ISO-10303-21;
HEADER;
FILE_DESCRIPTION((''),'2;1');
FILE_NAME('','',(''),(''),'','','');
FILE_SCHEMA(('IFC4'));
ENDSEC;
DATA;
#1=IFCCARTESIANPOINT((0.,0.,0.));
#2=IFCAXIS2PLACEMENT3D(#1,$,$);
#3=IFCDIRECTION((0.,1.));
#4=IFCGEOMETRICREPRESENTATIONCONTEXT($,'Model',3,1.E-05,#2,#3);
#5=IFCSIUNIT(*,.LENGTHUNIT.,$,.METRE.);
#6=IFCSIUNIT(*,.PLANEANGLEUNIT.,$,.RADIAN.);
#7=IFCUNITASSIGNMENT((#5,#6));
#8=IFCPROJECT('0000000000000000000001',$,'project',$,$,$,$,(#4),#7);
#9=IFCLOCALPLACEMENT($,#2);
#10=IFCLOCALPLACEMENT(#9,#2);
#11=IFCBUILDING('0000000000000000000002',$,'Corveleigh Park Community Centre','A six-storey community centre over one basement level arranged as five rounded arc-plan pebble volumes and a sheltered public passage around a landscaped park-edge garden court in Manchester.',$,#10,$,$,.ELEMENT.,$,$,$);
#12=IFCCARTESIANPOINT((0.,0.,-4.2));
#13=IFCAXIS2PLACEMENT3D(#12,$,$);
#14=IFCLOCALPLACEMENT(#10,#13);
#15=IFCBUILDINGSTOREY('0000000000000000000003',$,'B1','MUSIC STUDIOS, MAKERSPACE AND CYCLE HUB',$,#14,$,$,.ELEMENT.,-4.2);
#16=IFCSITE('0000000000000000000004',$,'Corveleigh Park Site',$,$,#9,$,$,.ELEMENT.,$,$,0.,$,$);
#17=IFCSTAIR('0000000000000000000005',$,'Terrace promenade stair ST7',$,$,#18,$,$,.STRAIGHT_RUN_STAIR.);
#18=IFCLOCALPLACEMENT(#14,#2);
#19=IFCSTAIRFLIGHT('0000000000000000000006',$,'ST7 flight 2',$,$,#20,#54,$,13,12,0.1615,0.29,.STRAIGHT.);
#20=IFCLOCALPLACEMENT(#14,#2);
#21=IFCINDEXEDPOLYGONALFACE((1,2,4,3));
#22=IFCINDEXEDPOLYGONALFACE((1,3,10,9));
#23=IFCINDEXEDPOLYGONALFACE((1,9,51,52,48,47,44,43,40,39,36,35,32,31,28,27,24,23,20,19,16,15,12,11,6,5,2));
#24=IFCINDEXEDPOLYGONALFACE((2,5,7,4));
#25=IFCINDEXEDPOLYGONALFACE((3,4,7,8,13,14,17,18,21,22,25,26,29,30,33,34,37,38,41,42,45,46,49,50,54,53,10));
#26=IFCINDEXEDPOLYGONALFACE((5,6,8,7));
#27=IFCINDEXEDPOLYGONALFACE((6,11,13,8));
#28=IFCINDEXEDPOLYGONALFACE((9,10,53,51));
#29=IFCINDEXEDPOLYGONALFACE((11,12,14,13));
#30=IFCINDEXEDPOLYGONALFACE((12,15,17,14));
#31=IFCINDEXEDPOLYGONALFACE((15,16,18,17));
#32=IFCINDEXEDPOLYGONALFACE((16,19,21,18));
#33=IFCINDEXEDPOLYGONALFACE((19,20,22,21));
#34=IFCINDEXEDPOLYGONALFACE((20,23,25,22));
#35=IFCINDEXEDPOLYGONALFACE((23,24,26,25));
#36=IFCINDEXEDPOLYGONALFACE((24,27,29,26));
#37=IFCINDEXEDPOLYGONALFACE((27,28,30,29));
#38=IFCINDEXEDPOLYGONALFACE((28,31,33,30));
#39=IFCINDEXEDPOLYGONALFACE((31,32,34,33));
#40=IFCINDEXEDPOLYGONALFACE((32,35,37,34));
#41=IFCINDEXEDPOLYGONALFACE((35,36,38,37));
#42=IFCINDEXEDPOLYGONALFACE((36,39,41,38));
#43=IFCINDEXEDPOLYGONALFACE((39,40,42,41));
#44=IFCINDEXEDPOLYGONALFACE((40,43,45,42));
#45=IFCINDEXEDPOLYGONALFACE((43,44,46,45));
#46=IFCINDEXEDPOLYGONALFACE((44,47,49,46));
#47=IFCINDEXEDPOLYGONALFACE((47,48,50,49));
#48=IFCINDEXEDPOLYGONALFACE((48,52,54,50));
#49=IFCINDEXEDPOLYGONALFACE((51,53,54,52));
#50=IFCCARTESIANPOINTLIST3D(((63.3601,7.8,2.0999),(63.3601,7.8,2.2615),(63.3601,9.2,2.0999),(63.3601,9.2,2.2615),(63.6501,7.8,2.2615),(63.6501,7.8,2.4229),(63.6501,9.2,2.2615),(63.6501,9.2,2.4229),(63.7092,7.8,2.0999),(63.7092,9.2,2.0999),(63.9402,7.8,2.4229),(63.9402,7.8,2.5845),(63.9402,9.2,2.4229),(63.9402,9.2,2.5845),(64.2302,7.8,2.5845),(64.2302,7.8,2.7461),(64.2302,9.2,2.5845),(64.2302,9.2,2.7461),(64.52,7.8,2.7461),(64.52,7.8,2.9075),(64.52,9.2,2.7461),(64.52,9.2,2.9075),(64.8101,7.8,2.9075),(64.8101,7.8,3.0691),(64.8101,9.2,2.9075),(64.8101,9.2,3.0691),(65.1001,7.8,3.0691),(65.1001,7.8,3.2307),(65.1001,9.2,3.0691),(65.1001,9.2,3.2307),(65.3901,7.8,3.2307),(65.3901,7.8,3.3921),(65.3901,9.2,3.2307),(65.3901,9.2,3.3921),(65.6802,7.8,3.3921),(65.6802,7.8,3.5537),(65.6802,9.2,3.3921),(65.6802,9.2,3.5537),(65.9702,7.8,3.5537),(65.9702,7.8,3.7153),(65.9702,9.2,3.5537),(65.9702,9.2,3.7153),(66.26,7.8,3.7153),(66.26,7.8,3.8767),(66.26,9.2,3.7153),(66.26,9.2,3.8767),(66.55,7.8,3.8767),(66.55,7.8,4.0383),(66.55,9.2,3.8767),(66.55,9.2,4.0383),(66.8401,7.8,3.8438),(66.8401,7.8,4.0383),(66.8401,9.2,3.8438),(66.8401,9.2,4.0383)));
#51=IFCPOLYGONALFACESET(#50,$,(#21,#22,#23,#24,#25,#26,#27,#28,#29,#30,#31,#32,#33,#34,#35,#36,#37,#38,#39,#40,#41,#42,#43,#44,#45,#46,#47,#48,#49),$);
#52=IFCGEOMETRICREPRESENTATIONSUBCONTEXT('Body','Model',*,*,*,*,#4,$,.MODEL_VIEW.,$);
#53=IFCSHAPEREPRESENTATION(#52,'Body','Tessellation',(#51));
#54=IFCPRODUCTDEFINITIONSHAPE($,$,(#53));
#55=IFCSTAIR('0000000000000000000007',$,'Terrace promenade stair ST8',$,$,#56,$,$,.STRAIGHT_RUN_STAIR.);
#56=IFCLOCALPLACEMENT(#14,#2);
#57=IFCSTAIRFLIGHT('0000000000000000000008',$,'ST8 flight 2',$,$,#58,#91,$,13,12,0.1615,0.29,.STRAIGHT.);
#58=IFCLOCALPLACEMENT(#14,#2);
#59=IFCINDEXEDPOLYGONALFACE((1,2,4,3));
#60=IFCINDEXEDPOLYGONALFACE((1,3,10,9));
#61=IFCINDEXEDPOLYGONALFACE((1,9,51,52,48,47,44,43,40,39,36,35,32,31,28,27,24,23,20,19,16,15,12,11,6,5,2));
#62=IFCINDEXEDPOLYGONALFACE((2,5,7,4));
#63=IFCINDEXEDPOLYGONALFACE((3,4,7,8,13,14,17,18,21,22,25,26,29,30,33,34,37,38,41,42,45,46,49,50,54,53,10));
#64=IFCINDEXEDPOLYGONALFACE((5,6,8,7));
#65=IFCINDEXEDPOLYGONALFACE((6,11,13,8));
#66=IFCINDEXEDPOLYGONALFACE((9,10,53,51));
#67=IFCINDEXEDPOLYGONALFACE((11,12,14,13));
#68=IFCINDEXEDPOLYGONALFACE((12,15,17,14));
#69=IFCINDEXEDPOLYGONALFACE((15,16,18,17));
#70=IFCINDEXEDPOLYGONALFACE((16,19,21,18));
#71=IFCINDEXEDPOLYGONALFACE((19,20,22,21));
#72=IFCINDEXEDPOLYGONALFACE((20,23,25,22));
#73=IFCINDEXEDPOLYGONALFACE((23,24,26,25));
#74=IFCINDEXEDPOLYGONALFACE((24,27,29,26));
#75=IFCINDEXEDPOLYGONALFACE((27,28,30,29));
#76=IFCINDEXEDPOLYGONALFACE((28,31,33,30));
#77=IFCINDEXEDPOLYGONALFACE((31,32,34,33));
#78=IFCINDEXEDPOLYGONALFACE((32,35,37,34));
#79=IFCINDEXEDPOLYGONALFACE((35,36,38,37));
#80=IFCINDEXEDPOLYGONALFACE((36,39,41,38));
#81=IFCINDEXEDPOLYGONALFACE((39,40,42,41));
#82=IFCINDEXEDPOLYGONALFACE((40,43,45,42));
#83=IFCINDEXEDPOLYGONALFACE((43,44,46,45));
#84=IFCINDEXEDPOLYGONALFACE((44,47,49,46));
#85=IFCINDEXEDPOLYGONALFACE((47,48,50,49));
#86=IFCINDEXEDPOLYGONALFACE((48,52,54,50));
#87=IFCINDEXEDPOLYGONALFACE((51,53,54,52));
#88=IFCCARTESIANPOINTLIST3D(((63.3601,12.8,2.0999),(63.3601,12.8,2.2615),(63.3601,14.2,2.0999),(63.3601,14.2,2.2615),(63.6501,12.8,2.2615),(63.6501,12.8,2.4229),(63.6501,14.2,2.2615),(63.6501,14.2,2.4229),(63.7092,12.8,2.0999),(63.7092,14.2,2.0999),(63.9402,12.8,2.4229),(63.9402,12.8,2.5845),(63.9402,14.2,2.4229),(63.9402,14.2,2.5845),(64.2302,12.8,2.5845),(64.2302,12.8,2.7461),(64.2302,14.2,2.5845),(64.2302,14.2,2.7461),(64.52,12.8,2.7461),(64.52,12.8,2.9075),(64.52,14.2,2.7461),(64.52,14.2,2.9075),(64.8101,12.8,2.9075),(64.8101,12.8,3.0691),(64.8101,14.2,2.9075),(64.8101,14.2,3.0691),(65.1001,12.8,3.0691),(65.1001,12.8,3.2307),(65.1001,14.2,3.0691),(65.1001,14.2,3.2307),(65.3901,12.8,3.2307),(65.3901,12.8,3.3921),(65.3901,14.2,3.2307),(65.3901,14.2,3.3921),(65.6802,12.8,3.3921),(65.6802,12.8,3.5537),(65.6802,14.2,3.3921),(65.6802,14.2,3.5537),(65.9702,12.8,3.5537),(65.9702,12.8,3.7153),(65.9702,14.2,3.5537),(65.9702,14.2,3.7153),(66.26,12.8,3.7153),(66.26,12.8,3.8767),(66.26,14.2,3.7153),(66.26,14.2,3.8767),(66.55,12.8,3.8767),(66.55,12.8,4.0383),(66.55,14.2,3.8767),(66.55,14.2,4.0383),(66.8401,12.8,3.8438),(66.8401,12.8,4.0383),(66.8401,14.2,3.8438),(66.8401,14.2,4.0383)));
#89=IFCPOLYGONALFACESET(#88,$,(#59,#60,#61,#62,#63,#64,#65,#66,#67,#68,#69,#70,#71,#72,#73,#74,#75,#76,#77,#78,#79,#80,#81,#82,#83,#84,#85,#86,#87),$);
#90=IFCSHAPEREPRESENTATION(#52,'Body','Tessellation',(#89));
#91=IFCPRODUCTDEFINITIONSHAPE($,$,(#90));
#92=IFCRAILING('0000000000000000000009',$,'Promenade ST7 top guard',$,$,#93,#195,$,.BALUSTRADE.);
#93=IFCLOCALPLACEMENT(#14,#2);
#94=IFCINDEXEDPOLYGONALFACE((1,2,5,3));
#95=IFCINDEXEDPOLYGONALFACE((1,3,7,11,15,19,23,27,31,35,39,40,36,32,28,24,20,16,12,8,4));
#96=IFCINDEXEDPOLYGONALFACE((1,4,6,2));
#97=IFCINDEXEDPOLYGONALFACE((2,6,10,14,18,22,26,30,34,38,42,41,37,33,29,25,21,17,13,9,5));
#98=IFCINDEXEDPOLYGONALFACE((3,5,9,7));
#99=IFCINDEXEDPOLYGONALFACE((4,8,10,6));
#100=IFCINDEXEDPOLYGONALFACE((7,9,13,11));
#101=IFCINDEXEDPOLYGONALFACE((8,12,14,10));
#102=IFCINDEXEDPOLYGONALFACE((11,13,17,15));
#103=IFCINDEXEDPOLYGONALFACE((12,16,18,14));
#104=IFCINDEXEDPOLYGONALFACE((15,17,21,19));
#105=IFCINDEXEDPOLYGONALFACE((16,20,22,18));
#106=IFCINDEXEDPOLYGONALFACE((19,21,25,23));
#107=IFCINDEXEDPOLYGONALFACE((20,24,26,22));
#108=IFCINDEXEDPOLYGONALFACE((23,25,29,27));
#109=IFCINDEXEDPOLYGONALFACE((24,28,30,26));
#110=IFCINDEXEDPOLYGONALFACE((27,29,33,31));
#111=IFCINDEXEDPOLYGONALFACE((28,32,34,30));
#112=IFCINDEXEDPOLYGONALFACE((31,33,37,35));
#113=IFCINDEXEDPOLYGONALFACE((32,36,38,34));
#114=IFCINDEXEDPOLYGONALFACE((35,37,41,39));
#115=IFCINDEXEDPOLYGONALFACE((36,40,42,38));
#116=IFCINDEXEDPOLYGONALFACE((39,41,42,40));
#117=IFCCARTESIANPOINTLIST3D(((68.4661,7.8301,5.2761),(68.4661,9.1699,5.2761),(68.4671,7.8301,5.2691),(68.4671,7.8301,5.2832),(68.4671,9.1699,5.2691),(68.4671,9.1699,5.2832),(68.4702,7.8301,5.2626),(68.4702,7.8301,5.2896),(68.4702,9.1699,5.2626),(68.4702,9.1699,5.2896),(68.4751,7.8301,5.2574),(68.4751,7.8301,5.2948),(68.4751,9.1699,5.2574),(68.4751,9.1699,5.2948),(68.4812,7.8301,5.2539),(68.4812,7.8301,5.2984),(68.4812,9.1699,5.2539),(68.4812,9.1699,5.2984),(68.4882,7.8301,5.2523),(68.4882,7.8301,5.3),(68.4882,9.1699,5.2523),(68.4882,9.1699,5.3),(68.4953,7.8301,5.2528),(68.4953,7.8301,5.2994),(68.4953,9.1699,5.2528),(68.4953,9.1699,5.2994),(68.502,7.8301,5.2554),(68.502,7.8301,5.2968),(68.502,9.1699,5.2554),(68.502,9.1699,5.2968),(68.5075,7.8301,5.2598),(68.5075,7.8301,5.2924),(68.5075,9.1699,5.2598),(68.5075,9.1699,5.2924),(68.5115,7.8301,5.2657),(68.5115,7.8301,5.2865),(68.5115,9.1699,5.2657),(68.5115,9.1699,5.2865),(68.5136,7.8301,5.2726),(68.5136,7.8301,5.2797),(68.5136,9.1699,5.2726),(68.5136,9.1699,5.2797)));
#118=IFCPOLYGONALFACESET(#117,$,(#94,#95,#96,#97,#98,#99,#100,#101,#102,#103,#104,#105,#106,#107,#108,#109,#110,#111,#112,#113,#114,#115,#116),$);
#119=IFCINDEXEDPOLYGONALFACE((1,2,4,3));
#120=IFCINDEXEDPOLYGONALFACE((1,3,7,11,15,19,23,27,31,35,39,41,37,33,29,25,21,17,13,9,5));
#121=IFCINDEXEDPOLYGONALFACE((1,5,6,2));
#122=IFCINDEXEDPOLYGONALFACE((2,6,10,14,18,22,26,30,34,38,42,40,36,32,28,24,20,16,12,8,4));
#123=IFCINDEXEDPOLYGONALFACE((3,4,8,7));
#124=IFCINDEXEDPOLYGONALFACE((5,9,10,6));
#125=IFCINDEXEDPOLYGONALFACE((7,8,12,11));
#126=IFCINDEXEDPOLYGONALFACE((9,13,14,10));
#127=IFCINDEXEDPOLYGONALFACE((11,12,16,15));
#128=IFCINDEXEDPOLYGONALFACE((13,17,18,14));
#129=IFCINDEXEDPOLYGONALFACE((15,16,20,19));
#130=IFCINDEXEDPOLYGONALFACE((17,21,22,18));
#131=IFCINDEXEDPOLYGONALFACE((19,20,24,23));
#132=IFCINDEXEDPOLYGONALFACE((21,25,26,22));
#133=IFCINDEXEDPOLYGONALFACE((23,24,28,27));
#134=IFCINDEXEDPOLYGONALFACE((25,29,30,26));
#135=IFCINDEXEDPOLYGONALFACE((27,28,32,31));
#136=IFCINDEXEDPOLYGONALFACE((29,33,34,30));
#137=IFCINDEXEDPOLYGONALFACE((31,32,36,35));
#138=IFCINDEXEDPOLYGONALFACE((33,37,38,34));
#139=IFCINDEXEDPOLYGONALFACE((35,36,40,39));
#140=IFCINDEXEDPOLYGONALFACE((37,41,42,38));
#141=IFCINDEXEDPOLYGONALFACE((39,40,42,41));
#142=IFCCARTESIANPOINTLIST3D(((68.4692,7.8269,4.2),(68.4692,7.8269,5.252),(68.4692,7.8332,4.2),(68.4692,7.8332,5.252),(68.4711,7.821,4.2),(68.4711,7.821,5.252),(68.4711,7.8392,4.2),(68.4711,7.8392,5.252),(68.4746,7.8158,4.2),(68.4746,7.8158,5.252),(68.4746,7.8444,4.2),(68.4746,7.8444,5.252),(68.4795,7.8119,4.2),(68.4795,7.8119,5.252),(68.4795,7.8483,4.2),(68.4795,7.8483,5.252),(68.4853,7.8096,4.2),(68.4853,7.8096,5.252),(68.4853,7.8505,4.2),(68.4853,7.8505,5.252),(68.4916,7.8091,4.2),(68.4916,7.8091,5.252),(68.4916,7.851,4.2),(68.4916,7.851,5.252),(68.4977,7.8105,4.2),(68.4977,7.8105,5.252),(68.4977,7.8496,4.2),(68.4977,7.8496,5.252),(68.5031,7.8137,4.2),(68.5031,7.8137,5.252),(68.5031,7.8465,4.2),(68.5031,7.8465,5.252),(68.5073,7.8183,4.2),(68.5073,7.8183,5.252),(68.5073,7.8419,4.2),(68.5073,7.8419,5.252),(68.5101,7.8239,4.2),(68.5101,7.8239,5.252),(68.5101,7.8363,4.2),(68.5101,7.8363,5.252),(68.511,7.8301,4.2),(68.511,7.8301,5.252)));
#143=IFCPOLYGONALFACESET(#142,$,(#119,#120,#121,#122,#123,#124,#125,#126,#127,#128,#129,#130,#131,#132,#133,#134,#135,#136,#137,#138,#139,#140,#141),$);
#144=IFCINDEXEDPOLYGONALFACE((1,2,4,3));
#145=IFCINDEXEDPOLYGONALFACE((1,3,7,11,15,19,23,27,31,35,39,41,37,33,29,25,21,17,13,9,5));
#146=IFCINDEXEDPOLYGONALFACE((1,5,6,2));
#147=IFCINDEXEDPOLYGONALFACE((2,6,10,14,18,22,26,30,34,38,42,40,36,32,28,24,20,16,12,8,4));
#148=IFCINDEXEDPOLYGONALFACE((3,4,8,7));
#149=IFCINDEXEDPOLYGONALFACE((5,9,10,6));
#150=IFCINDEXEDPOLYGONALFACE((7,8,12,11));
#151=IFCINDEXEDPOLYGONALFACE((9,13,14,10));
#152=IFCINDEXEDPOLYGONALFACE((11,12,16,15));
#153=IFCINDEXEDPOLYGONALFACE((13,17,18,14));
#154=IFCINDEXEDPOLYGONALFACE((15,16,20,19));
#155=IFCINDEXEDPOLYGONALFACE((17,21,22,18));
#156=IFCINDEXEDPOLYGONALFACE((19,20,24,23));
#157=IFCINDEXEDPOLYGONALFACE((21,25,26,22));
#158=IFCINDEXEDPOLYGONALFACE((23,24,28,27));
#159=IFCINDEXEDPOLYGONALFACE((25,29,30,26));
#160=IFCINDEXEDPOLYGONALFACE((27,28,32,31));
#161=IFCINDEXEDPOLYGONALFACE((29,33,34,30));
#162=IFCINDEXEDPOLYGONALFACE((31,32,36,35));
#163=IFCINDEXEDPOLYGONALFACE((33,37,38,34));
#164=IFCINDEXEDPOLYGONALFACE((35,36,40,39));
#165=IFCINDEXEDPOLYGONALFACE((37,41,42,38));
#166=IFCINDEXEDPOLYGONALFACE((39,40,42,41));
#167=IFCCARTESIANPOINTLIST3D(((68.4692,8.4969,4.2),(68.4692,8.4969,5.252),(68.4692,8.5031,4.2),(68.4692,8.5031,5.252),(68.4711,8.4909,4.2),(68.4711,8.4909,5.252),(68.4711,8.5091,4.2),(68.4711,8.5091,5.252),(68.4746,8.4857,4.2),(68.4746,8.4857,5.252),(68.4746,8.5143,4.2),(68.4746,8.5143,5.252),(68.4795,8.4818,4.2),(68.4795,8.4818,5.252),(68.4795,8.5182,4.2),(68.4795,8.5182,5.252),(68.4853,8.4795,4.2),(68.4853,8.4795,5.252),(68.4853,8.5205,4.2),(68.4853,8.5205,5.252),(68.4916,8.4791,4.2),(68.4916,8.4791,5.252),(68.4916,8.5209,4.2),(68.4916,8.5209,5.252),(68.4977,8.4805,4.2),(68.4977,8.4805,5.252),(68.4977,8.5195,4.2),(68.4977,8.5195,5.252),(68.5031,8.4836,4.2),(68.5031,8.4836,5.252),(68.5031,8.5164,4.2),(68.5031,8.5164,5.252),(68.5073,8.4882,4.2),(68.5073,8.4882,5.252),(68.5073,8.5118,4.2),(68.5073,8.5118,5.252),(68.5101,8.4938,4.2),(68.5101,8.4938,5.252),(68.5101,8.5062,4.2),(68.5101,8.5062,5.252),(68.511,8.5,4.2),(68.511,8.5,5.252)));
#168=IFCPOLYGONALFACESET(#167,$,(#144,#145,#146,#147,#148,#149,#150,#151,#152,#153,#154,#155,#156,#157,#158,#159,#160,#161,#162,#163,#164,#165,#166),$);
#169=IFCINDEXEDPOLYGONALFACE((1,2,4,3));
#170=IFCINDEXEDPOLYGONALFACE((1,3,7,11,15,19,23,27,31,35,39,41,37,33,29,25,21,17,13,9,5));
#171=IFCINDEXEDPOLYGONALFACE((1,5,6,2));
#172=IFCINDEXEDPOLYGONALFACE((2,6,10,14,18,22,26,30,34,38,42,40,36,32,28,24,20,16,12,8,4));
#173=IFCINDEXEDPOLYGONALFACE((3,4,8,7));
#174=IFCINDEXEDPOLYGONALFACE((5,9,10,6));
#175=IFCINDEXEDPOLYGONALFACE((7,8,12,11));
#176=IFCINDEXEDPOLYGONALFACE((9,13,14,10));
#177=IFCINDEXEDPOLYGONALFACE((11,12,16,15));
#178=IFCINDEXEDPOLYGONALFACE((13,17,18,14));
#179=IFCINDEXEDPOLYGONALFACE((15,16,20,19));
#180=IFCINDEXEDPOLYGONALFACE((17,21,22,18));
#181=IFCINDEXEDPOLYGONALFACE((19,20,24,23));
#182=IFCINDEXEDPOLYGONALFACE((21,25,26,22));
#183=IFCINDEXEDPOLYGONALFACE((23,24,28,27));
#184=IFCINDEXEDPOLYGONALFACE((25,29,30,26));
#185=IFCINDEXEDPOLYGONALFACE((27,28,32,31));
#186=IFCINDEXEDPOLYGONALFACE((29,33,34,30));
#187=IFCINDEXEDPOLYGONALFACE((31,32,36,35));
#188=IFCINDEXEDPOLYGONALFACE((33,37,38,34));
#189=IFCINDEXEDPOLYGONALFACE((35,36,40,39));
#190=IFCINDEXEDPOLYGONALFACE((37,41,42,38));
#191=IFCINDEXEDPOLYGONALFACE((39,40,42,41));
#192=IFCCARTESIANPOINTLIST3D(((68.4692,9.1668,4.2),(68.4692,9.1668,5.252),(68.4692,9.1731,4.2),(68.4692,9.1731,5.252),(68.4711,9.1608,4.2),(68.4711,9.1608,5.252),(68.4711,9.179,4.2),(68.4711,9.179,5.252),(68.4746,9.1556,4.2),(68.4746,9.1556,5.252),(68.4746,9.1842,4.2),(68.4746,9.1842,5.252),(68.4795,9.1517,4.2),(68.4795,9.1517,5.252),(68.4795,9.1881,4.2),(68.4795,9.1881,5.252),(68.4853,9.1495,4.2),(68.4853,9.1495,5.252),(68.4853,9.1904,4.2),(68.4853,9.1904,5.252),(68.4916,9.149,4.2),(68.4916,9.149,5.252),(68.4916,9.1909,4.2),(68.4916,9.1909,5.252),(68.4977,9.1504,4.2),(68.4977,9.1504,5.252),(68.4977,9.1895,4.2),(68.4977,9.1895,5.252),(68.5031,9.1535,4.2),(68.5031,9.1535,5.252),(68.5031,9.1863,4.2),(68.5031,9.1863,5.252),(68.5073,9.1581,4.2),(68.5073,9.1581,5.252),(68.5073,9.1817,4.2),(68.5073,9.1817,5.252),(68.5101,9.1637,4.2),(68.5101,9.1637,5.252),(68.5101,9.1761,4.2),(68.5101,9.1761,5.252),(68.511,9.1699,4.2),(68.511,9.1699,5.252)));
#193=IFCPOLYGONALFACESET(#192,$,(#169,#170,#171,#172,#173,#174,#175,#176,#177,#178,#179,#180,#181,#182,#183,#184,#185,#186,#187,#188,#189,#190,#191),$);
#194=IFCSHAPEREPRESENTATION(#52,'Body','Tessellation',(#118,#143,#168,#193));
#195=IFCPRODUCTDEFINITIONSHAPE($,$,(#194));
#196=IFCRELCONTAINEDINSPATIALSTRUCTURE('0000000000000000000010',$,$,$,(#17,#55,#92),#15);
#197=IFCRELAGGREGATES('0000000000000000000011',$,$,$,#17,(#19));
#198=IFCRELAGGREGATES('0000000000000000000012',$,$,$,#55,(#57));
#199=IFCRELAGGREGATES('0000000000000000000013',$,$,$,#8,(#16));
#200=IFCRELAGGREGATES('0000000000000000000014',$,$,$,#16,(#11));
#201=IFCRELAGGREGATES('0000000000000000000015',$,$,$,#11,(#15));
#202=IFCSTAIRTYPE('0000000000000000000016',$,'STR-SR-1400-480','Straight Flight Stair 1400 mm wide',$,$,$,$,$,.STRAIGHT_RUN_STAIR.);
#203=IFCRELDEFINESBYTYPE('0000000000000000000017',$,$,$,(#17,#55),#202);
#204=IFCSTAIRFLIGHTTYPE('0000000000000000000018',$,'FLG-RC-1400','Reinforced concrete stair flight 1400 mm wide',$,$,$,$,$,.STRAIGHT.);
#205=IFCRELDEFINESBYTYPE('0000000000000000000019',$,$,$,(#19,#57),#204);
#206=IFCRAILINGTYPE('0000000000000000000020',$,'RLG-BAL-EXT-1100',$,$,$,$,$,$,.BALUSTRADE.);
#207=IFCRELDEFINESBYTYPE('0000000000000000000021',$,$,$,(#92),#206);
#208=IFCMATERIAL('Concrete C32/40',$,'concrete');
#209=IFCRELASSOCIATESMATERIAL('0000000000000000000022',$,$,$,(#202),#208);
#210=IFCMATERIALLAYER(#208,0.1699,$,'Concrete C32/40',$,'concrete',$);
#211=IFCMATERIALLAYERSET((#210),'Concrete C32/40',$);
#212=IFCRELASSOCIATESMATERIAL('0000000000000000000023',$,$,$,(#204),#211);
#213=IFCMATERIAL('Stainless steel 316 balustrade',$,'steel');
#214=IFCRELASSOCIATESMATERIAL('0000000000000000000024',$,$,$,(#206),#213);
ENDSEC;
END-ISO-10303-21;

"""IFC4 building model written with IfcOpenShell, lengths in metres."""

from ifc_helpers import new_model, si_unit, direction, frame, origin, origin_2d, place, context, subcontext, project, spatial, polyline, circle, outline, extrude, material, layer, layer_set, type_object, element, aggregate, save


model = new_model("IFC4")

# Units and contexts
model_context = context("Model", 3, precision=1e-05, world=origin(), true_north=direction((0.0, 1.0)))
body_context = subcontext(model_context, "Body", "Model", "MODEL_VIEW")
ifc_project = project(units=[si_unit("LENGTHUNIT", "METRE"), si_unit("PLANEANGLEUNIT", "RADIAN")], contexts=[model_context])

# Site, building, storey
site_placement = place(None, origin())
site = spatial("IfcSite", under=ifc_project, at=site_placement, Name="Corveleigh Park Site", CompositionType="ELEMENT", RefElevation=0.0)
building_placement = place(site_placement, origin())
building = spatial("IfcBuilding", under=site, at=building_placement, Name="Corveleigh Park Community Centre", Description="A six-storey community centre over one basement level arranged as five rounded arc-plan pebble volumes and a sheltered public passage around a landscaped park-edge garden court in Manchester.", CompositionType="ELEMENT")
storey_placement = place(building_placement, frame((0.0, 0.0, -4.2)))
storey = spatial("IfcBuildingStorey", under=building, at=storey_placement, Name="B1", Description="MUSIC STUDIOS, MAKERSPACE AND CYCLE HUB", CompositionType="ELEMENT", Elevation=-4.2)

# Shared definitions
ifc_material_1 = material(Name="Concrete C32/40", Category="concrete")

# Stairs, stair flights
stair_type = type_object("IfcStairType", Name="STR-SR-1400-480", Description="Straight Flight Stair 1400 mm wide", PredefinedType="STRAIGHT_RUN_STAIR", material=ifc_material_1)
stair_1_placement = place(storey_placement, origin())
stair_1 = element("IfcStair", 1, at=stair_1_placement, inside=storey, type_object=stair_type, Name="Terrace promenade stair ST7", PredefinedType="STRAIGHT_RUN_STAIR")
ifc_layer = layer(ifc_material_1, 0.1699, Name="Concrete C32/40", Category="concrete")
ifc_layer_set = layer_set([ifc_layer], Name="Concrete C32/40")
stair_flight_type = type_object("IfcStairFlightType", Name="FLG-RC-1400", Description="Reinforced concrete stair flight 1400 mm wide", PredefinedType="STRAIGHT", material=ifc_layer_set)
stair_flight_1_placement = place(storey_placement, frame((63.3601, 8.5, 2.0999), z_axis=(0.0, 0.0, 1.0), x_axis=(1.0, 0.0, 0.0)))
stair_flight_1 = element("IfcStairFlight", 2, at=stair_flight_1_placement, type_object=stair_flight_type, Name="ST7 flight 2", NumberOfRisers=13, NumberOfTreads=12, PredefinedType="STRAIGHT", RiserHeight=0.1615, TreadLength=0.29, context=body_context, shape_type="SweptSolid", body=[
    extrude(outline(polyline([(0.0, 0.0), (0.0, 0.1616), (0.29, 0.1616), (0.29, 0.323), (0.5801, 0.323), (0.5801, 0.4846), (0.8701, 0.4846), (0.8701, 0.6462), (1.1599, 0.6462), (1.1599, 0.8076), (1.45, 0.8076), (1.45, 0.9692), (1.74, 0.9692), (1.74, 1.1309), (2.03, 1.1309), (2.03, 1.2922), (2.3201, 1.2922), (2.3201, 1.4539), (2.6101, 1.4539), (2.6101, 1.6155), (2.8999, 1.6155), (2.8999, 1.7769), (3.1899, 1.7769), (3.1899, 1.9385), (3.48, 1.9385), (3.48, 2.1001), (3.48, 1.7439), (0.3491, 0.0), (0.0, 0.0)])), frame((0.0, 0.7, 0.0), z_axis=(0.0, -1.0, 0.0), x_axis=(1.0, 0.0, 0.0)), (0.0, 0.0, 1.0), 1.3999),
])
aggregate(stair_1, [stair_flight_1])
stair_2_placement = place(storey_placement, origin())
stair_2 = element("IfcStair", 3, at=stair_2_placement, inside=storey, type_object=stair_type, Name="Terrace promenade stair ST8", PredefinedType="STRAIGHT_RUN_STAIR")
stair_flight_2_placement = place(storey_placement, frame((63.3601, 13.5, 2.0999), z_axis=(0.0, 0.0, 1.0), x_axis=(1.0, 0.0, 0.0)))
stair_flight_2 = element("IfcStairFlight", 4, at=stair_flight_2_placement, type_object=stair_flight_type, Name="ST8 flight 2", NumberOfRisers=13, NumberOfTreads=12, PredefinedType="STRAIGHT", RiserHeight=0.1615, TreadLength=0.29, context=body_context, shape_type="SweptSolid", body=[
    extrude(outline(polyline([(0.0, 0.0), (0.0, 0.1616), (0.29, 0.1616), (0.29, 0.323), (0.5801, 0.323), (0.5801, 0.4846), (0.8701, 0.4846), (0.8701, 0.6462), (1.1599, 0.6462), (1.1599, 0.8076), (1.45, 0.8076), (1.45, 0.9692), (1.74, 0.9692), (1.74, 1.1309), (2.03, 1.1309), (2.03, 1.2922), (2.3201, 1.2922), (2.3201, 1.4539), (2.6101, 1.4539), (2.6101, 1.6155), (2.8999, 1.6155), (2.8999, 1.7769), (3.1899, 1.7769), (3.1899, 1.9385), (3.48, 1.9385), (3.48, 2.1001), (3.48, 1.7439), (0.3491, 0.0), (0.0, 0.0)])), frame((0.0, 0.7, 0.0), z_axis=(0.0, -1.0, 0.0), x_axis=(1.0, 0.0, 0.0)), (0.0, 0.0, 1.0), 1.3999),
])
aggregate(stair_2, [stair_flight_2])

# Railing
ifc_material_2 = material(Name="Stainless steel 316 balustrade", Category="steel")
railing_type = type_object("IfcRailingType", Name="RLG-BAL-EXT-1100", PredefinedType="BALUSTRADE", material=ifc_material_2)
for number, where, name in (
    (5, (68.49, 7.8301, 4.2), "Promenade ST7 top guard"),
):
    element("IfcRailing", number, at=place(storey_placement, frame(where)), inside=storey, type_object=railing_type, Name=name, PredefinedType="BALUSTRADE", context=body_context, shape_type="SweptSolid", body=[
        extrude(circle(Radius=0.0239, at=origin_2d()), frame((0.0, 0.0, 1.0762), z_axis=(0.0, 1.0, 0.0), x_axis=(-1.0, 0.0, 0.0)), (0.0, 0.0, 1.0), 1.3398),
        extrude(circle(Radius=0.021, at=origin_2d()), origin(), (0.0, 0.0, 1.0), 1.052),
        extrude(circle(Radius=0.021, at=origin_2d()), frame((0.0, 0.6699, 0.0)), (0.0, 0.0, 1.0), 1.052),
        extrude(circle(Radius=0.021, at=origin_2d()), frame((0.0, 1.3398, 0.0)), (0.0, 0.0, 1.0), 1.052),
    ])

save(model, "model.ifc")
